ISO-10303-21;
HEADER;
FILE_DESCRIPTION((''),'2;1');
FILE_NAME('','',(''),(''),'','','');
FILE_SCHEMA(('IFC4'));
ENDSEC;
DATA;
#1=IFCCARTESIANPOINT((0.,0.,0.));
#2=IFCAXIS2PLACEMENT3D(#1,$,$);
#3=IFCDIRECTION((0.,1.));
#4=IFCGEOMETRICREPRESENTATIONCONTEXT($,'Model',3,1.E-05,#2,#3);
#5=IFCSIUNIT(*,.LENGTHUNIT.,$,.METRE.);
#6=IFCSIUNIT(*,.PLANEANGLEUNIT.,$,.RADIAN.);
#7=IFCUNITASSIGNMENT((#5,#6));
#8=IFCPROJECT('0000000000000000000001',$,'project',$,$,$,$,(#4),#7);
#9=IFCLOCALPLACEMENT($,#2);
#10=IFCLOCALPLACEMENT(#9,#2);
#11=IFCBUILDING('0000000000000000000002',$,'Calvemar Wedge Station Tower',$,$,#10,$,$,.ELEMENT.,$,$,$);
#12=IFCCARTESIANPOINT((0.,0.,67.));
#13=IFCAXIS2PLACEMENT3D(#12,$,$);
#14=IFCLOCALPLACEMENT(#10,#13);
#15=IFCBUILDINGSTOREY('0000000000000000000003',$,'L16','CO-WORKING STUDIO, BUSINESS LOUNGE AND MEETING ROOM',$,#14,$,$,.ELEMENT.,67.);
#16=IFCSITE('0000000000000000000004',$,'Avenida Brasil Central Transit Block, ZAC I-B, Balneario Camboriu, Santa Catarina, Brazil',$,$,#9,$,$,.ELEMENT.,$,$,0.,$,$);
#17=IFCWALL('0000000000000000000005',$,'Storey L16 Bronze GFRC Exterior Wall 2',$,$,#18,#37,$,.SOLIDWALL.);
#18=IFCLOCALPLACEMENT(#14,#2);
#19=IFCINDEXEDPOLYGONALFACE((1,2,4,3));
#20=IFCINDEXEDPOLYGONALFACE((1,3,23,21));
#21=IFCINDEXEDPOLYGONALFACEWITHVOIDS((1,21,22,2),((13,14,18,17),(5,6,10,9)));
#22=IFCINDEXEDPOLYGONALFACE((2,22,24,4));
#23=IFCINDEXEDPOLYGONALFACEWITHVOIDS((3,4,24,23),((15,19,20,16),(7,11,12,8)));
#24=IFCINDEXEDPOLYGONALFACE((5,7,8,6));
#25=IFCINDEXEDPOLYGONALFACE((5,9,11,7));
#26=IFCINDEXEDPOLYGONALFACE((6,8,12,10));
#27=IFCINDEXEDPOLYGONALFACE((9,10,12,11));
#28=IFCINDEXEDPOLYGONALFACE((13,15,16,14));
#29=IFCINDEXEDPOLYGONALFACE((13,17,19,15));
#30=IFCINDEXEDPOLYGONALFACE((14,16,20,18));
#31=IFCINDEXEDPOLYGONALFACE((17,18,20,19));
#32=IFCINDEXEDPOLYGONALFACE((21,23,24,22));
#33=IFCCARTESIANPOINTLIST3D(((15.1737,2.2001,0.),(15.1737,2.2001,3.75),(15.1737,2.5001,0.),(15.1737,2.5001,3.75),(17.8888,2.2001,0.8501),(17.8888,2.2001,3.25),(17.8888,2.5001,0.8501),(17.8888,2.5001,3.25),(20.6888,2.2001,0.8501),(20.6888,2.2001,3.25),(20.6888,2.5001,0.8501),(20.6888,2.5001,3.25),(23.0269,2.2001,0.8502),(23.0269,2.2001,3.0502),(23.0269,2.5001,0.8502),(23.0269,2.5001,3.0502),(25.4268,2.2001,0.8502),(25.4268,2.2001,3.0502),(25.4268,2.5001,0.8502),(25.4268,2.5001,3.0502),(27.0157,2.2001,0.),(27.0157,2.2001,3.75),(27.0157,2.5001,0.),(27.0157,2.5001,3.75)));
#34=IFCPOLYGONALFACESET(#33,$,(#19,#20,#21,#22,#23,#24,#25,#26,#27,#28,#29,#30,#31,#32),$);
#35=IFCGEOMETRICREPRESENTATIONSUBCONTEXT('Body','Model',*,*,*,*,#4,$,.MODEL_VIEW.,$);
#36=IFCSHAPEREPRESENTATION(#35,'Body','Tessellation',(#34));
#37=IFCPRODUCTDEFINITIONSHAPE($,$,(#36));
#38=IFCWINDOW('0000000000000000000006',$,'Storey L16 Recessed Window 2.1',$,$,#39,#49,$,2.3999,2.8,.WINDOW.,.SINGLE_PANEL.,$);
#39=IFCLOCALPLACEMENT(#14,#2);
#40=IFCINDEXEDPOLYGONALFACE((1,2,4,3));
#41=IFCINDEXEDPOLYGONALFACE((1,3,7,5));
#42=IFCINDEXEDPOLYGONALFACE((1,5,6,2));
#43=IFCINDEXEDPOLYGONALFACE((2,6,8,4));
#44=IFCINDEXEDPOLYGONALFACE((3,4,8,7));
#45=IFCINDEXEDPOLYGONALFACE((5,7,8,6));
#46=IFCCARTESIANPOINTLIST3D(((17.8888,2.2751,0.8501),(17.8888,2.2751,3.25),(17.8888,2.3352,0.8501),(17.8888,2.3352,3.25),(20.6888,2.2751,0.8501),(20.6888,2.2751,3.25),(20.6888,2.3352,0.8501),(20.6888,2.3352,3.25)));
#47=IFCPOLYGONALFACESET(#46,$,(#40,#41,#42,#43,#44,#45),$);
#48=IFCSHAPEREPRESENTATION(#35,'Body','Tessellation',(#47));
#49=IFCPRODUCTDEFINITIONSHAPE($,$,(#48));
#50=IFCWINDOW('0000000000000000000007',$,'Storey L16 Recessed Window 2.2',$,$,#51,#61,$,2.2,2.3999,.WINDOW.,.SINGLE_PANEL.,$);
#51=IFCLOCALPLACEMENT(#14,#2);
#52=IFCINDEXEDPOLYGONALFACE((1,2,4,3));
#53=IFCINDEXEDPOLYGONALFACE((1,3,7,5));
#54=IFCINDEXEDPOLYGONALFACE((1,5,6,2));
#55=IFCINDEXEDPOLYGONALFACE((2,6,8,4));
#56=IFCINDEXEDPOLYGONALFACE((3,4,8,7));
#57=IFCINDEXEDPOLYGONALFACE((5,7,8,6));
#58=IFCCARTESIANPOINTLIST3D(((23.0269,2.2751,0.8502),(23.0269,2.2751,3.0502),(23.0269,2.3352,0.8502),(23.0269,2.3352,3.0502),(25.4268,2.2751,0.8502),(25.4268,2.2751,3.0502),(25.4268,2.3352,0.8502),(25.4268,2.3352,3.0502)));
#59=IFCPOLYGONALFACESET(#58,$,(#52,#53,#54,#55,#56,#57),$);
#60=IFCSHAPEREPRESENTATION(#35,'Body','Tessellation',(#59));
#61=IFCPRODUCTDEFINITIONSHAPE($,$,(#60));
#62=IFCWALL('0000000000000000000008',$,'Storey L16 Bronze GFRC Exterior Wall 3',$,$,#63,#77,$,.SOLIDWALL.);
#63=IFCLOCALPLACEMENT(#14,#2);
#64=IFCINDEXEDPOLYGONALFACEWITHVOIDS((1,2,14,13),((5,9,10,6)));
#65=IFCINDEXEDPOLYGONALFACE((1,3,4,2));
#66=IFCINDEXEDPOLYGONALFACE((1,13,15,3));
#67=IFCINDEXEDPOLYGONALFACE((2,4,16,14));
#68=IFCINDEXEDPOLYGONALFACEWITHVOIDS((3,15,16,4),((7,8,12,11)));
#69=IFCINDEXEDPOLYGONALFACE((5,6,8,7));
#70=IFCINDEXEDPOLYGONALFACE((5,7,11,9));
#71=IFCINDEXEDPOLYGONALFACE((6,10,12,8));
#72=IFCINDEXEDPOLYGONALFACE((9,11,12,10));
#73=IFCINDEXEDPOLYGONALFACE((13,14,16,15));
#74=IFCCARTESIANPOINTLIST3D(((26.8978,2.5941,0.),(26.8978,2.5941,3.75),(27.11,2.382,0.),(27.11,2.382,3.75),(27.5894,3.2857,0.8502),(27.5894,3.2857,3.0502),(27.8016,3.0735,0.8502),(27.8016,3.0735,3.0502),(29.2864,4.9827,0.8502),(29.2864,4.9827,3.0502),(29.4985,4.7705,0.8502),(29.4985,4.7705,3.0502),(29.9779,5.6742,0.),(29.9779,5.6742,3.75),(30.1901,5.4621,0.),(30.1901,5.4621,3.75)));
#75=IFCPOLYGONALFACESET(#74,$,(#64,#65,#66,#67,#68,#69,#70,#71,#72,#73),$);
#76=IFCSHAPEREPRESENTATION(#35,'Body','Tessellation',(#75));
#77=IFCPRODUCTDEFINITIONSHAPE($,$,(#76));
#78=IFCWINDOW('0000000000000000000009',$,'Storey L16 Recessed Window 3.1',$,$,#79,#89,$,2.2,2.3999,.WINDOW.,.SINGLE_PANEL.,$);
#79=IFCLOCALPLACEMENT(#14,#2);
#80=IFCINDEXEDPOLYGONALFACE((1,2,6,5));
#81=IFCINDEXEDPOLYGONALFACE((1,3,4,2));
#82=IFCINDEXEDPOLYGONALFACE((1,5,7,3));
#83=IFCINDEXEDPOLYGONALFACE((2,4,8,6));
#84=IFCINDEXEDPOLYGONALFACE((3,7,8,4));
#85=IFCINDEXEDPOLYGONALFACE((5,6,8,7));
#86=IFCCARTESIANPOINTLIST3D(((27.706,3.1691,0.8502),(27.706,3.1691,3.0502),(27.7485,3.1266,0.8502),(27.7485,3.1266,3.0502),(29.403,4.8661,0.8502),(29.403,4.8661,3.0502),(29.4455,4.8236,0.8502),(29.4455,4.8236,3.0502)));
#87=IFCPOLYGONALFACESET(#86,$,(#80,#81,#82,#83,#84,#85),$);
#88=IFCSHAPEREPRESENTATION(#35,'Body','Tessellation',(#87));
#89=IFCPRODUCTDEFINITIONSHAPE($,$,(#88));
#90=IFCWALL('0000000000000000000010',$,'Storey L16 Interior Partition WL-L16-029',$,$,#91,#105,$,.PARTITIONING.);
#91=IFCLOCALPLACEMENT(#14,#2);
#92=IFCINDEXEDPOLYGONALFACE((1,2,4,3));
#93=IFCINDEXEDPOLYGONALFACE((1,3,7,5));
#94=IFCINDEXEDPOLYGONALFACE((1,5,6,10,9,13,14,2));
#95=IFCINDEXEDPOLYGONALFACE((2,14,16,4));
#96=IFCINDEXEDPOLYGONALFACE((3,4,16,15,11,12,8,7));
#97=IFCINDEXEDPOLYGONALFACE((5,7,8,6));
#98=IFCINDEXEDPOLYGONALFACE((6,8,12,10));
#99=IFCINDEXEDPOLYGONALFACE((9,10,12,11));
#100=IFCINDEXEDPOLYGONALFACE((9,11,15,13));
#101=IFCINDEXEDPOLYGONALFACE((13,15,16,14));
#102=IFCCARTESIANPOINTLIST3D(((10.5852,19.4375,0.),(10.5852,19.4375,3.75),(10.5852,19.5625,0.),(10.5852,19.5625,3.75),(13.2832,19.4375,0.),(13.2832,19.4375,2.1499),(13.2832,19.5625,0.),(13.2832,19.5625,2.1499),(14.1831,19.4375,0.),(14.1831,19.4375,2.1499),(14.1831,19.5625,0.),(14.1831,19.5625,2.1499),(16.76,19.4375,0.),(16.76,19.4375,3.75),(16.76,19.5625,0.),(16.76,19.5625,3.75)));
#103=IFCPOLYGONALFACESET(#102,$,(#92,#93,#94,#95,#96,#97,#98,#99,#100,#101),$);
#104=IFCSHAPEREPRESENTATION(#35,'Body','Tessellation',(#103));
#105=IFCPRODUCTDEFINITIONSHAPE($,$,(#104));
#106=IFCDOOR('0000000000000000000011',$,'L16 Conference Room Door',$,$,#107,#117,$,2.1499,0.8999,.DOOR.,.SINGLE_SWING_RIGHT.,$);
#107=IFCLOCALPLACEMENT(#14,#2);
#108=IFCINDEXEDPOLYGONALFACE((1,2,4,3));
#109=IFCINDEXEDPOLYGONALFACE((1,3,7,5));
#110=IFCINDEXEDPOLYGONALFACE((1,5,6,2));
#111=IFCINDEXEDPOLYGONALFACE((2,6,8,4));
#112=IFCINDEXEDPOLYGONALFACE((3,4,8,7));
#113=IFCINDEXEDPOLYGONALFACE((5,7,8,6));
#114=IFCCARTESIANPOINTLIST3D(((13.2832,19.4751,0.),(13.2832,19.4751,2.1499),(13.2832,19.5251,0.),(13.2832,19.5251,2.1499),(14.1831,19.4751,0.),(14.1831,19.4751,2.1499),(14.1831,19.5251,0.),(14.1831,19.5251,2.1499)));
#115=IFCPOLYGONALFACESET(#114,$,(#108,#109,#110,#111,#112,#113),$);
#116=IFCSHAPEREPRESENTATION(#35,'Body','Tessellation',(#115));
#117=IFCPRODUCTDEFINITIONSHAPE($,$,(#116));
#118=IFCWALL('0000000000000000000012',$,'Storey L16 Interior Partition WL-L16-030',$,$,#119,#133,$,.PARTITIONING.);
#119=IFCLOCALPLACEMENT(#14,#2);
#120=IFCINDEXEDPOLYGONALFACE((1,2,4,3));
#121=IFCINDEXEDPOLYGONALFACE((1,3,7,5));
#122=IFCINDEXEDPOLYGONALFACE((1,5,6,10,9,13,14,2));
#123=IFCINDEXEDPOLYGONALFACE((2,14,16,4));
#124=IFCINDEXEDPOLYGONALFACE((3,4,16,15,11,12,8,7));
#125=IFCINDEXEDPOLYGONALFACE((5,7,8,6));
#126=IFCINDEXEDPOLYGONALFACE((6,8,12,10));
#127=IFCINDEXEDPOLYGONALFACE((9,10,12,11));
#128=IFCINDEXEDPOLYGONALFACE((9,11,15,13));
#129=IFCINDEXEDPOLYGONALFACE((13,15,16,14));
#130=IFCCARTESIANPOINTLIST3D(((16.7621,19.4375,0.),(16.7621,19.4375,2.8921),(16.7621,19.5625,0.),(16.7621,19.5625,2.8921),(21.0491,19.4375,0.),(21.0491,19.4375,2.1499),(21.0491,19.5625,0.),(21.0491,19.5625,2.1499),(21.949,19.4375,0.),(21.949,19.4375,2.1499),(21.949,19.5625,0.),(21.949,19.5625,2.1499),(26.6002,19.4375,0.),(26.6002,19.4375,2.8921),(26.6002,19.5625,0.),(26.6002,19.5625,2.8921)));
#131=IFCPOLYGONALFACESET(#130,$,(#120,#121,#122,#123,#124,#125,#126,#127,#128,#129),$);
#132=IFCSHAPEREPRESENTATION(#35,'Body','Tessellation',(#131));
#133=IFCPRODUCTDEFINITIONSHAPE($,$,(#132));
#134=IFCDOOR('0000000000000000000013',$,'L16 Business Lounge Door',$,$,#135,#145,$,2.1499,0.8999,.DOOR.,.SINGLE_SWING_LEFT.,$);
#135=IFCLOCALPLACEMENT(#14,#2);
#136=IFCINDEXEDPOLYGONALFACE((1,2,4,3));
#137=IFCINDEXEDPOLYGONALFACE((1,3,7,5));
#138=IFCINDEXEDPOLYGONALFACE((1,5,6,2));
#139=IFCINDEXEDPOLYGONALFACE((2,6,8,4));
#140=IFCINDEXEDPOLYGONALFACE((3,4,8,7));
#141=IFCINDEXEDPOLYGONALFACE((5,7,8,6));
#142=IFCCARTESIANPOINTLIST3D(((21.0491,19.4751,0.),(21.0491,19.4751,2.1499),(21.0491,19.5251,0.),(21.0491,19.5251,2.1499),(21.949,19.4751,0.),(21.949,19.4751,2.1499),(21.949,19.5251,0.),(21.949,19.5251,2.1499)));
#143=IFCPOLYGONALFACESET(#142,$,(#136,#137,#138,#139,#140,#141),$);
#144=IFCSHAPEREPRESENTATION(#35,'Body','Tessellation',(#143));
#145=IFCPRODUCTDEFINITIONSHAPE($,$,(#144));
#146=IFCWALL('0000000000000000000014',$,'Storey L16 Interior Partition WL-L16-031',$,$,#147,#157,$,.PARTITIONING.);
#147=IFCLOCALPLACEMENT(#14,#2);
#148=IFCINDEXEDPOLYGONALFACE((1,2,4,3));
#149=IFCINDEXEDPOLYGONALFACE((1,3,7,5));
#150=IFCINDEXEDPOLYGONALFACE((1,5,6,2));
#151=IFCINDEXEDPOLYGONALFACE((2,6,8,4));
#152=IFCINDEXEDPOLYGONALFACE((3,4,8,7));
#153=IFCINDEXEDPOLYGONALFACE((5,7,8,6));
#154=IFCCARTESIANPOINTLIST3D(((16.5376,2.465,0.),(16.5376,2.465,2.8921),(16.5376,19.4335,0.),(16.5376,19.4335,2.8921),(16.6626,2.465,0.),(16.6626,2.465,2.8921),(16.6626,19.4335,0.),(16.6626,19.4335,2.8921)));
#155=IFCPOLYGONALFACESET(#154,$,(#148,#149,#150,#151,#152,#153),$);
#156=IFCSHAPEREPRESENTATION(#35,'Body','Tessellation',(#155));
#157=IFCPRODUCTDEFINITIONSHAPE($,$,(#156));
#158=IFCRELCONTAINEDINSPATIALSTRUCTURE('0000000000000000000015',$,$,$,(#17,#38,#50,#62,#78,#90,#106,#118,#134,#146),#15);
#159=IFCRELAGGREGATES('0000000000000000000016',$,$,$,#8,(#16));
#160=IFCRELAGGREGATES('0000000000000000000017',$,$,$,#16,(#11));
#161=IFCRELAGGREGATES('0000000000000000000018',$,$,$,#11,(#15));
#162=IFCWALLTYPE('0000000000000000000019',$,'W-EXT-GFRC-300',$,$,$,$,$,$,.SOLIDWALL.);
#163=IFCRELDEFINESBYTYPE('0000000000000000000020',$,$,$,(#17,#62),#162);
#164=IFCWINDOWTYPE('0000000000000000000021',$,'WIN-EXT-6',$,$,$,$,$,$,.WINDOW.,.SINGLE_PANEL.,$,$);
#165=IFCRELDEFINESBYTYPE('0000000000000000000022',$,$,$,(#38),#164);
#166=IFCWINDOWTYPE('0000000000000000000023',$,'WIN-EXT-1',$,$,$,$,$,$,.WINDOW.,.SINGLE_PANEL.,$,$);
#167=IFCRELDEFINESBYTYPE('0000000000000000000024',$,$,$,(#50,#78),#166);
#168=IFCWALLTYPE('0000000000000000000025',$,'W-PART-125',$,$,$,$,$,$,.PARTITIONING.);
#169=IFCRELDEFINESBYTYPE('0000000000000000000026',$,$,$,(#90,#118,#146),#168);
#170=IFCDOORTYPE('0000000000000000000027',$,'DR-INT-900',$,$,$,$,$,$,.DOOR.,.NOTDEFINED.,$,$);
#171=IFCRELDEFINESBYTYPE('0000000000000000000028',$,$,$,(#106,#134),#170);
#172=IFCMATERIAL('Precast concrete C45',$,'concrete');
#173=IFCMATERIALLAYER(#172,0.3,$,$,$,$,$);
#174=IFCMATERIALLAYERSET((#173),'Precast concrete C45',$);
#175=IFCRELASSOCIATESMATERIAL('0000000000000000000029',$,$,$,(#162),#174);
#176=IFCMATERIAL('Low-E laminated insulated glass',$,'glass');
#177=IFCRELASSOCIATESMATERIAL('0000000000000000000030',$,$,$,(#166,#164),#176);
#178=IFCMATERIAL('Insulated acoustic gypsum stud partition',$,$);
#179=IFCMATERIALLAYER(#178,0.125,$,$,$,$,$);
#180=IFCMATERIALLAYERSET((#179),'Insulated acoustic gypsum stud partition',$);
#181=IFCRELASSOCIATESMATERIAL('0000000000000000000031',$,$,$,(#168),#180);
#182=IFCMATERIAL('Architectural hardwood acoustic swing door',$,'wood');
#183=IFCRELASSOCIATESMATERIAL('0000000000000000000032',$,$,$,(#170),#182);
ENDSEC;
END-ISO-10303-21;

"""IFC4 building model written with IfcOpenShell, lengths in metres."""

from ifc_helpers import new_model, si_unit, direction, frame, frame_2d, origin, place, context, subcontext, project, spatial, rectangle, extrude, source, transform, mapped, material, layer, layer_set, type_object, element, fill, save


model = new_model("IFC4")

# Units and contexts
model_context = context("Model", 3, precision=1e-05, world=origin(), true_north=direction((0.0, 1.0)))
body_context = subcontext(model_context, "Body", "Model", "MODEL_VIEW")
ifc_project = project(units=[si_unit("LENGTHUNIT", "METRE"), si_unit("PLANEANGLEUNIT", "RADIAN")], contexts=[model_context])

# Site, building, storey
site_placement = place(None, origin())
site = spatial("IfcSite", under=ifc_project, at=site_placement, Name="Avenida Brasil Central Transit Block, ZAC I-B, Balneario Camboriu, Santa Catarina, Brazil", CompositionType="ELEMENT", RefElevation=0.0)
building_placement = place(site_placement, origin())
building = spatial("IfcBuilding", under=site, at=building_placement, Name="Calvemar Wedge Station Tower", CompositionType="ELEMENT")
storey_placement = place(building_placement, frame((0.0, 0.0, 67.0)))
storey = spatial("IfcBuildingStorey", under=building, at=storey_placement, Name="L16", Description="CO-WORKING STUDIO, BUSINESS LOUNGE AND MEETING ROOM", CompositionType="ELEMENT", Elevation=67.0)

# Shared definitions
ifc_material_1 = material(Name="Precast concrete C45", Category="concrete")

# Shared definitions
ifc_layer_1 = layer(ifc_material_1, 0.3)
ifc_layer_set_1 = layer_set([ifc_layer_1], Name="Precast concrete C45")
wall_type_1 = type_object("IfcWallType", Name="W-EXT-GFRC-300", PredefinedType="SOLIDWALL", material=ifc_layer_set_1)
shared_shape_1 = source(origin(), body_context, "Body", "SweptSolid", [
    extrude(rectangle(XDim=2.3999, YDim=2.2, at=frame_2d((1.2, 1.1001))), frame((0.0, 0.1602, 0.0), z_axis=(0.0, -1.0, 0.0), x_axis=(1.0, 0.0, 0.0)), (0.0, 0.0, 1.0), 0.3201),
])
ifc_material_2 = material(Name="Low-E laminated insulated glass", Category="glass")
window_type_1 = type_object("IfcWindowType", Name="WIN-EXT-1", PartitioningType="SINGLE_PANEL", PredefinedType="WINDOW", material=ifc_material_2)
shared_shape_2 = source(origin(), body_context, "Body", "SweptSolid", [
    extrude(rectangle(XDim=2.3999, YDim=2.2, at=frame_2d((1.2, 1.1001))), frame((0.0, -0.0149, 0.0), z_axis=(0.0, -1.0, 0.0), x_axis=(1.0, 0.0, 0.0)), (0.0, 0.0, 1.0), 0.0601),
])

# Wall, openings, windows
wall_1_placement = place(storey_placement, frame((15.1738, 2.3501, 0.0), z_axis=(0.0, 0.0, 1.0), x_axis=(1.0, 0.0, 0.0)))
wall_1 = element("IfcWall", 1, at=wall_1_placement, inside=storey, type_object=wall_type_1, Name="Storey L16 Bronze GFRC Exterior Wall 2", PredefinedType="SOLIDWALL", context=body_context, shape_type="SweptSolid", body=[
    extrude(rectangle(XDim=11.842, YDim=0.3, at=frame_2d((5.9209, 0.0))), origin(), (0.0, 0.0, 1.0), 3.75),
])
shared_shape_3 = source(origin(), body_context, "Body", "SweptSolid", [
    extrude(rectangle(XDim=2.8, YDim=2.3999, at=frame_2d((1.3999, 1.2))), frame((0.0, 0.1602, 0.0), z_axis=(0.0, -1.0, 0.0), x_axis=(1.0, 0.0, 0.0)), (0.0, 0.0, 1.0), 0.3201),
])
opening_1_placement = place(wall_1_placement, frame((2.7151, 0.0, 0.8501)))
opening_1 = element("IfcOpeningElement", 2, at=opening_1_placement, cuts=wall_1, PredefinedType="OPENING", context=body_context, shape_type="MappedRepresentation", body=[
    mapped(shared_shape_3, transform((0.0, 0.0, 0.0), scale=1.0)),
])
opening_2_placement = place(wall_1_placement, frame((7.853, 0.0, 0.8501)))
opening_2 = element("IfcOpeningElement", 3, at=opening_2_placement, cuts=wall_1, PredefinedType="OPENING", context=body_context, shape_type="MappedRepresentation", body=[
    mapped(shared_shape_1, transform((0.0, 0.0, 0.0), scale=1.0)),
])
window_type_2 = type_object("IfcWindowType", Name="WIN-EXT-6", PartitioningType="SINGLE_PANEL", PredefinedType="WINDOW", material=ifc_material_2)
shared_shape_4 = source(origin(), body_context, "Body", "SweptSolid", [
    extrude(rectangle(XDim=2.8, YDim=2.3999, at=frame_2d((1.3999, 1.2))), frame((0.0, -0.0149, 0.0), z_axis=(0.0, -1.0, 0.0), x_axis=(1.0, 0.0, 0.0)), (0.0, 0.0, 1.0), 0.0601),
])
window_1_placement = place(opening_1_placement, origin())
window_1 = element("IfcWindow", 4, at=window_1_placement, inside=storey, type_object=window_type_2, Name="Storey L16 Recessed Window 2.1", OverallHeight=2.3999, OverallWidth=2.8, PartitioningType="SINGLE_PANEL", PredefinedType="WINDOW", context=body_context, shape_type="MappedRepresentation", body=[
    mapped(shared_shape_4, transform((0.0, 0.0, 0.0), scale=1.0)),
])
fill(opening_1, window_1)
window_2_placement = place(opening_2_placement, origin())
window_2 = element("IfcWindow", 5, at=window_2_placement, inside=storey, type_object=window_type_1, Name="Storey L16 Recessed Window 2.2", OverallHeight=2.2, OverallWidth=2.3999, PartitioningType="SINGLE_PANEL", PredefinedType="WINDOW", context=body_context, shape_type="MappedRepresentation", body=[
    mapped(shared_shape_2, transform((0.0, 0.0, 0.0), scale=1.0)),
])
fill(opening_2, window_2)

# Wall, opening, window
wall_2_placement = place(storey_placement, frame((27.0039, 2.488, 0.0), z_axis=(0.0, 0.0, 1.0), x_axis=(0.707107, 0.707107, 0.0)))
wall_2 = element("IfcWall", 6, at=wall_2_placement, inside=storey, type_object=wall_type_1, Name="Storey L16 Bronze GFRC Exterior Wall 3", PredefinedType="SOLIDWALL", context=body_context, shape_type="SweptSolid", body=[
    extrude(rectangle(XDim=4.356, YDim=0.3, at=frame_2d((2.178, 0.0))), origin(), (0.0, 0.0, 1.0), 3.75),
])
opening_3_placement = place(wall_2_placement, frame((0.978, 0.0, 0.8501)))
opening_3 = element("IfcOpeningElement", 7, at=opening_3_placement, cuts=wall_2, PredefinedType="OPENING", context=body_context, shape_type="MappedRepresentation", body=[
    mapped(shared_shape_1, transform((0.0, 0.0, 0.0), scale=1.0)),
])
window_3_placement = place(opening_3_placement, origin())
window_3 = element("IfcWindow", 8, at=window_3_placement, inside=storey, type_object=window_type_1, Name="Storey L16 Recessed Window 3.1", OverallHeight=2.2, OverallWidth=2.3999, PartitioningType="SINGLE_PANEL", PredefinedType="WINDOW", context=body_context, shape_type="MappedRepresentation", body=[
    mapped(shared_shape_2, transform((0.0, 0.0, 0.0), scale=1.0)),
])
fill(opening_3, window_3)

# Walls, openings, doors
ifc_material_3 = material(Name="Insulated acoustic gypsum stud partition")
ifc_layer_2 = layer(ifc_material_3, 0.125)
ifc_layer_set_2 = layer_set([ifc_layer_2], Name="Insulated acoustic gypsum stud partition")
wall_type_2 = type_object("IfcWallType", Name="W-PART-125", PredefinedType="PARTITIONING", material=ifc_layer_set_2)
wall_3_placement = place(storey_placement, frame((16.76, 19.5, 0.0), z_axis=(0.0, 0.0, 1.0), x_axis=(-1.0, 0.0, 0.0)))
wall_3 = element("IfcWall", 9, at=wall_3_placement, inside=storey, type_object=wall_type_2, Name="Storey L16 Interior Partition WL-L16-029", PredefinedType="PARTITIONING", context=body_context, shape_type="SweptSolid", body=[
    extrude(rectangle(XDim=6.1748, YDim=0.125, at=frame_2d((3.0874, 0.0))), origin(), (0.0, 0.0, 1.0), 3.75),
])
shared_shape_5 = source(origin(), body_context, "Body", "SweptSolid", [
    extrude(rectangle(XDim=0.8999, YDim=2.1499, at=frame_2d((0.45, 1.075))), frame((0.0, 0.0725, 0.0), z_axis=(0.0, -1.0, 0.0), x_axis=(1.0, 0.0, 0.0)), (0.0, 0.0, 1.0), 0.145),
])
opening_4_placement = place(wall_3_placement, frame((2.5769, 0.0, 0.0)))
opening_4 = element("IfcOpeningElement", 10, at=opening_4_placement, cuts=wall_3, PredefinedType="OPENING", context=body_context, shape_type="MappedRepresentation", body=[
    mapped(shared_shape_5, transform((0.0, 0.0, 0.0), scale=1.0)),
])
ifc_material_4 = material(Name="Architectural hardwood acoustic swing door", Category="wood")
door_type = type_object("IfcDoorType", Name="DR-INT-900", OperationType="NOTDEFINED", PredefinedType="DOOR", material=ifc_material_4)
shared_shape_6 = source(origin(), body_context, "Body", "SweptSolid", [
    extrude(rectangle(XDim=0.8999, YDim=2.1499, at=frame_2d((0.45, 1.075))), frame((0.0, 0.0249, 0.0), z_axis=(0.0, -1.0, 0.0), x_axis=(1.0, 0.0, 0.0)), (0.0, 0.0, 1.0), 0.05),
])
door_1_placement = place(opening_4_placement, origin())
door_1 = element("IfcDoor", 11, at=door_1_placement, inside=storey, type_object=door_type, Name="L16 Conference Room Door", OperationType="SINGLE_SWING_RIGHT", OverallHeight=2.1499, OverallWidth=0.8999, PredefinedType="DOOR", context=body_context, shape_type="MappedRepresentation", body=[
    mapped(shared_shape_6, transform((0.0, 0.0, 0.0), scale=1.0)),
])
fill(opening_4, door_1)
wall_4_placement = place(storey_placement, frame((26.6001, 19.5, 0.0), z_axis=(0.0, 0.0, 1.0), x_axis=(-1.0, 0.0, 0.0)))
wall_4 = element("IfcWall", 12, at=wall_4_placement, inside=storey, type_object=wall_type_2, Name="Storey L16 Interior Partition WL-L16-030", PredefinedType="PARTITIONING", context=body_context, shape_type="SweptSolid", body=[
    extrude(rectangle(XDim=9.8381, YDim=0.125, at=frame_2d((4.9189, 0.0))), origin(), (0.0, 0.0, 1.0), 2.8921),
])
opening_5_placement = place(wall_4_placement, frame((4.6511, 0.0, 0.0)))
opening_5 = element("IfcOpeningElement", 13, at=opening_5_placement, cuts=wall_4, PredefinedType="OPENING", context=body_context, shape_type="MappedRepresentation", body=[
    mapped(shared_shape_5, transform((0.0, 0.0, 0.0), scale=1.0)),
])
door_2_placement = place(opening_5_placement, origin())
door_2 = element("IfcDoor", 14, at=door_2_placement, inside=storey, type_object=door_type, Name="L16 Business Lounge Door", OperationType="SINGLE_SWING_LEFT", OverallHeight=2.1499, OverallWidth=0.8999, PredefinedType="DOOR", context=body_context, shape_type="MappedRepresentation", body=[
    mapped(shared_shape_6, transform((0.0, 0.0, 0.0), scale=1.0)),
])
fill(opening_5, door_2)

# Wall
wall_5_placement = place(storey_placement, frame((16.6001, 19.4336, 0.0), z_axis=(0.0, 0.0, 1.0), x_axis=(0.0, -1.0, 0.0)))
element("IfcWall", 15, at=wall_5_placement, inside=storey, type_object=wall_type_2, Name="Storey L16 Interior Partition WL-L16-031", PredefinedType="PARTITIONING", context=body_context, shape_type="SweptSolid", body=[
    extrude(rectangle(XDim=16.9685, YDim=0.125, at=frame_2d((8.4844, 0.0))), origin(), (0.0, 0.0, 1.0), 2.8921),
])

save(model, "model.ifc")
